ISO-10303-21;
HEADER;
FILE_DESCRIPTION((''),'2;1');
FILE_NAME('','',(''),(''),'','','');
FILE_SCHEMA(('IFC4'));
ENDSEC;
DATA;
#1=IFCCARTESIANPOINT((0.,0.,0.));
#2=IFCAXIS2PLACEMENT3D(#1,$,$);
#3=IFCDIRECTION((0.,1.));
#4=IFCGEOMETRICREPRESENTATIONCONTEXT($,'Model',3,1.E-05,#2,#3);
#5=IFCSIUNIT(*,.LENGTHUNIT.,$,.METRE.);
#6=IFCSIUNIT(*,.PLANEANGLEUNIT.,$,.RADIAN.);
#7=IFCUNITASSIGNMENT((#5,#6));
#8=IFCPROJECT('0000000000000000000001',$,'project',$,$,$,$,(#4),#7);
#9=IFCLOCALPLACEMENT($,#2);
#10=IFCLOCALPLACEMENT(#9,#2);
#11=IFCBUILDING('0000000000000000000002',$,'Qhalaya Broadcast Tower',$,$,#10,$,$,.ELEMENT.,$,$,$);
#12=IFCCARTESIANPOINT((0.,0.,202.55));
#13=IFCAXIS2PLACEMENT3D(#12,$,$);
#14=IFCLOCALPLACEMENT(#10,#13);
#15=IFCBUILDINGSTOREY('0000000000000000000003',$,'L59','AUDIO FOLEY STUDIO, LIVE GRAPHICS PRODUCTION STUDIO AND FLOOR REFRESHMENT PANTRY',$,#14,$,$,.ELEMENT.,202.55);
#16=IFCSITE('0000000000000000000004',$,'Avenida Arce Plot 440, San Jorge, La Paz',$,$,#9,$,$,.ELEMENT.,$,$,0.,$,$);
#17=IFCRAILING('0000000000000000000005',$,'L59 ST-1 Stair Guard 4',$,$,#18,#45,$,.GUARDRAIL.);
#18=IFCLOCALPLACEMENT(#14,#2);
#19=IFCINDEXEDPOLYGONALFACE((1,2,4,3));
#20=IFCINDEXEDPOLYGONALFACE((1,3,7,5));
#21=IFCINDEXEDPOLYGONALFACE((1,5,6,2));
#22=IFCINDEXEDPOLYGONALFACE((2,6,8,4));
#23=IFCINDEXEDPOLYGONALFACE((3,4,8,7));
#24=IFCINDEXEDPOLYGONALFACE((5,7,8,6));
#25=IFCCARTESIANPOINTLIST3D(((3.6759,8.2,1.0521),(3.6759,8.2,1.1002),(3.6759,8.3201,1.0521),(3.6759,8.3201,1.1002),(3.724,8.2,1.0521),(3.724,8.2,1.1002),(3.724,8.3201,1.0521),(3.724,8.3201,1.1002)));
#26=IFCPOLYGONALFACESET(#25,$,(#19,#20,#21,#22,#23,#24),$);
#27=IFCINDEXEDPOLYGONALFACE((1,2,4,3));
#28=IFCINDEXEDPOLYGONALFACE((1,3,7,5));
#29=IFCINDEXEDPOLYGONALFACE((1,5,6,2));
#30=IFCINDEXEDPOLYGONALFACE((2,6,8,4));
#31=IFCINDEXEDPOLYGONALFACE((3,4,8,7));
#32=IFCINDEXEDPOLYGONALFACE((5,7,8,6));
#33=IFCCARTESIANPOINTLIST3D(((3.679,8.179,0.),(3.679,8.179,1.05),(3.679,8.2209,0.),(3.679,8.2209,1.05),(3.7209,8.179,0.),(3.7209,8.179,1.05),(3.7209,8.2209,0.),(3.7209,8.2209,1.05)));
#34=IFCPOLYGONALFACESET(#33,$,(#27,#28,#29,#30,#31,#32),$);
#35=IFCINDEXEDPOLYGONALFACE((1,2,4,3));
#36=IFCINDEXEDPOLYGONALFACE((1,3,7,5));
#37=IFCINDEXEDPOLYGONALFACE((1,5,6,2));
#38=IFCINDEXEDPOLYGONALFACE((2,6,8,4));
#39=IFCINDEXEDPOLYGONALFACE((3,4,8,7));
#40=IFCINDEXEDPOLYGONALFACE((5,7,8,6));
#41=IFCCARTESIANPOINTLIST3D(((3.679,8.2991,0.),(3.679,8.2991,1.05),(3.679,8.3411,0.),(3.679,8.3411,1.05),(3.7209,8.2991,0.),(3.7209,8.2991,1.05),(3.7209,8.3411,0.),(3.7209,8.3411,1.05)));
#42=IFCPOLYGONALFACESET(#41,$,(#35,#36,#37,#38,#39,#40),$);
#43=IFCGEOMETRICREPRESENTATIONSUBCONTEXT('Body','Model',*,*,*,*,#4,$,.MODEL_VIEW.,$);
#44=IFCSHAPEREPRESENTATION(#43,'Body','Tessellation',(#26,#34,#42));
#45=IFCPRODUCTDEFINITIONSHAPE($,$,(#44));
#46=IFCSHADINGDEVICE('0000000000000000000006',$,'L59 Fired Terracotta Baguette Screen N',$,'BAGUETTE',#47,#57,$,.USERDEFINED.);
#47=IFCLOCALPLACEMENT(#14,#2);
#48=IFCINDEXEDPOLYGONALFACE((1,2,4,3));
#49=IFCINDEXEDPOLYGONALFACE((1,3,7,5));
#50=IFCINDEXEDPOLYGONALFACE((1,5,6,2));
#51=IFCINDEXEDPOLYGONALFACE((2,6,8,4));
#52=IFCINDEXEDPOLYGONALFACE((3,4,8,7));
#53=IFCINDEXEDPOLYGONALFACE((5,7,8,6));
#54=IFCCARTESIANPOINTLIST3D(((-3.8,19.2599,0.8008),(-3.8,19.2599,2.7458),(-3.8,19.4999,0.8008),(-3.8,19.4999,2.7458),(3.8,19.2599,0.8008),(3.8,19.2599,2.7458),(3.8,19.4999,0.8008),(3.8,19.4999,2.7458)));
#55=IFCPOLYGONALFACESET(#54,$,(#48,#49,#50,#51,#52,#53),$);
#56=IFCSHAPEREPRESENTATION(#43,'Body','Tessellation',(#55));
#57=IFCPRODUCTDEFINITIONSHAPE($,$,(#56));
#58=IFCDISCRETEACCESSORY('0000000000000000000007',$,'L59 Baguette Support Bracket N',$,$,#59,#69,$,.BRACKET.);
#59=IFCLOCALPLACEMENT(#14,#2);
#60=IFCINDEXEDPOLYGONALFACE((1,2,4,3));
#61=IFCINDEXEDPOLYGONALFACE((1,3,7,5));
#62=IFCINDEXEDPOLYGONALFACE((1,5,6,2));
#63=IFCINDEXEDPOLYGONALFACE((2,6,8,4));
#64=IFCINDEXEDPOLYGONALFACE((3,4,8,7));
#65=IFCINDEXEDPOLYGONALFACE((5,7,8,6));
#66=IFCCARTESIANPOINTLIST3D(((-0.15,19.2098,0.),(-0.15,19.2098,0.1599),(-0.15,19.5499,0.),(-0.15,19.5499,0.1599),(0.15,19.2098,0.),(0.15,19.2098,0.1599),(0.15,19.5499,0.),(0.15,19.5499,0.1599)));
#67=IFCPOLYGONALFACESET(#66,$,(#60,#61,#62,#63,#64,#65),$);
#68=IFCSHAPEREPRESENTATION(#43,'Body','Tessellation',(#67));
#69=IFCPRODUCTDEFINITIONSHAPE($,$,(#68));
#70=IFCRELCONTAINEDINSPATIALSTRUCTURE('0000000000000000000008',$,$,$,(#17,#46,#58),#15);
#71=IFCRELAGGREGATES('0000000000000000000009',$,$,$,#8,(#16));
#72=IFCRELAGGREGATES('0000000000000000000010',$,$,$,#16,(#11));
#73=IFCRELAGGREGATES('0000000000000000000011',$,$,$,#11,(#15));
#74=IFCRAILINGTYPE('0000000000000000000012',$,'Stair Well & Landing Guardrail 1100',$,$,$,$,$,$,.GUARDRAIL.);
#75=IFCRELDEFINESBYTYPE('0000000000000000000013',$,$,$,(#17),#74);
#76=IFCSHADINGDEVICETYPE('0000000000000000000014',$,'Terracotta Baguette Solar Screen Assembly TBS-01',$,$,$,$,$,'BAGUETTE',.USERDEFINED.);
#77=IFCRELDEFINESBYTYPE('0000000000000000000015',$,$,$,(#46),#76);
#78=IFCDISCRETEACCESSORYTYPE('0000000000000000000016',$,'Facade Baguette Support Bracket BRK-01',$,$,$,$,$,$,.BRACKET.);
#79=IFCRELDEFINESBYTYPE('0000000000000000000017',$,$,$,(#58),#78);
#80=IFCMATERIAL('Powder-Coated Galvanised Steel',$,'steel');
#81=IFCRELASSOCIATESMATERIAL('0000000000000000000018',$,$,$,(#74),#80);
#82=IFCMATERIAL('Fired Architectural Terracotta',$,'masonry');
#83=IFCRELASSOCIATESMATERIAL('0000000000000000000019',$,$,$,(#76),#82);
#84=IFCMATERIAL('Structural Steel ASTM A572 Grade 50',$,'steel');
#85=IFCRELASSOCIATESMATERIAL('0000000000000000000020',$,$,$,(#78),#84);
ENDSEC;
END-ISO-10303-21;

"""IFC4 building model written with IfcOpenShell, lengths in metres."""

from ifc_helpers import new_model, si_unit, direction, frame, origin, origin_2d, place, context, subcontext, project, spatial, rectangle, extrude, material, type_object, element, save


model = new_model("IFC4")

# Units and contexts
model_context = context("Model", 3, precision=1e-05, world=origin(), true_north=direction((0.0, 1.0)))
body_context = subcontext(model_context, "Body", "Model", "MODEL_VIEW")
ifc_project = project(units=[si_unit("LENGTHUNIT", "METRE"), si_unit("PLANEANGLEUNIT", "RADIAN")], contexts=[model_context])

# Site, building, storey
site_placement = place(None, origin())
site = spatial("IfcSite", under=ifc_project, at=site_placement, Name="Avenida Arce Plot 440, San Jorge, La Paz", CompositionType="ELEMENT", RefElevation=0.0)
building_placement = place(site_placement, origin())
building = spatial("IfcBuilding", under=site, at=building_placement, Name="Qhalaya Broadcast Tower", CompositionType="ELEMENT")
storey_placement = place(building_placement, frame((0.0, 0.0, 202.55)))
storey = spatial("IfcBuildingStorey", under=building, at=storey_placement, Name="L59", Description="AUDIO FOLEY STUDIO, LIVE GRAPHICS PRODUCTION STUDIO AND FLOOR REFRESHMENT PANTRY", CompositionType="ELEMENT", Elevation=202.55)

# Shared definitions
ifc_material_1 = material(Name="Structural Steel ASTM A572 Grade 50", Category="steel")

# Railing
ifc_material_2 = material(Name="Powder-Coated Galvanised Steel", Category="steel")
railing_type_1 = type_object("IfcRailingType", Name="Stair Well & Landing Guardrail 1100", PredefinedType="GUARDRAIL", material=ifc_material_2)
railing_1_placement = place(storey_placement, frame((3.7, 8.2, 0.0)))
element("IfcRailing", 1, at=railing_1_placement, inside=storey, type_object=railing_type_1, Name="L59 ST-1 Stair Guard 4", PredefinedType="GUARDRAIL", context=body_context, shape_type="SweptSolid", body=[
    extrude(rectangle(XDim=0.0481, YDim=0.0481, at=origin_2d()), frame((0.0, 0.0, 1.0762), z_axis=(0.0, 1.0, 0.0), x_axis=(-1.0, 0.0, 0.0)), (0.0, 0.0, 1.0), 0.1201),
    extrude(rectangle(XDim=0.042, YDim=0.042, at=origin_2d()), origin(), (0.0, 0.0, 1.0), 1.05),
    extrude(rectangle(XDim=0.042, YDim=0.042, at=origin_2d()), frame((0.0, 0.1201, 0.0)), (0.0, 0.0, 1.0), 1.05),
])

# Shading device
ifc_material_3 = material(Name="Fired Architectural Terracotta", Category="masonry")
shading_device_type = type_object("IfcShadingDeviceType", Name="Terracotta Baguette Solar Screen Assembly TBS-01", ElementType="BAGUETTE", PredefinedType="USERDEFINED", material=ifc_material_3)
shading_device_placement = place(storey_placement, frame((0.0, 19.3799, 0.8008), z_axis=(0.0, 0.0, 1.0), x_axis=(-1.0, 0.0, 0.0)))
element("IfcShadingDevice", 2, at=shading_device_placement, inside=storey, type_object=shading_device_type, Name="L59 Fired Terracotta Baguette Screen N", ObjectType="BAGUETTE", PredefinedType="USERDEFINED", context=body_context, shape_type="SweptSolid", body=[
    extrude(rectangle(XDim=7.6001, YDim=0.24, at=origin_2d()), origin(), (0.0, 0.0, 1.0), 1.9451),
])

# Discrete accessory
discrete_accessory_type = type_object("IfcDiscreteAccessoryType", Name="Facade Baguette Support Bracket BRK-01", PredefinedType="BRACKET", material=ifc_material_1)
discrete_accessory_placement = place(storey_placement, frame((0.0, 19.3799, 0.0), z_axis=(0.0, 0.0, 1.0), x_axis=(-1.0, 0.0, 0.0)))
element("IfcDiscreteAccessory", 3, at=discrete_accessory_placement, inside=storey, type_object=discrete_accessory_type, Name="L59 Baguette Support Bracket N", PredefinedType="BRACKET", context=body_context, shape_type="SweptSolid", body=[
    extrude(rectangle(XDim=0.3, YDim=0.3401, at=origin_2d()), origin(), (0.0, 0.0, 1.0), 0.1599),
])

save(model, "model.ifc")
